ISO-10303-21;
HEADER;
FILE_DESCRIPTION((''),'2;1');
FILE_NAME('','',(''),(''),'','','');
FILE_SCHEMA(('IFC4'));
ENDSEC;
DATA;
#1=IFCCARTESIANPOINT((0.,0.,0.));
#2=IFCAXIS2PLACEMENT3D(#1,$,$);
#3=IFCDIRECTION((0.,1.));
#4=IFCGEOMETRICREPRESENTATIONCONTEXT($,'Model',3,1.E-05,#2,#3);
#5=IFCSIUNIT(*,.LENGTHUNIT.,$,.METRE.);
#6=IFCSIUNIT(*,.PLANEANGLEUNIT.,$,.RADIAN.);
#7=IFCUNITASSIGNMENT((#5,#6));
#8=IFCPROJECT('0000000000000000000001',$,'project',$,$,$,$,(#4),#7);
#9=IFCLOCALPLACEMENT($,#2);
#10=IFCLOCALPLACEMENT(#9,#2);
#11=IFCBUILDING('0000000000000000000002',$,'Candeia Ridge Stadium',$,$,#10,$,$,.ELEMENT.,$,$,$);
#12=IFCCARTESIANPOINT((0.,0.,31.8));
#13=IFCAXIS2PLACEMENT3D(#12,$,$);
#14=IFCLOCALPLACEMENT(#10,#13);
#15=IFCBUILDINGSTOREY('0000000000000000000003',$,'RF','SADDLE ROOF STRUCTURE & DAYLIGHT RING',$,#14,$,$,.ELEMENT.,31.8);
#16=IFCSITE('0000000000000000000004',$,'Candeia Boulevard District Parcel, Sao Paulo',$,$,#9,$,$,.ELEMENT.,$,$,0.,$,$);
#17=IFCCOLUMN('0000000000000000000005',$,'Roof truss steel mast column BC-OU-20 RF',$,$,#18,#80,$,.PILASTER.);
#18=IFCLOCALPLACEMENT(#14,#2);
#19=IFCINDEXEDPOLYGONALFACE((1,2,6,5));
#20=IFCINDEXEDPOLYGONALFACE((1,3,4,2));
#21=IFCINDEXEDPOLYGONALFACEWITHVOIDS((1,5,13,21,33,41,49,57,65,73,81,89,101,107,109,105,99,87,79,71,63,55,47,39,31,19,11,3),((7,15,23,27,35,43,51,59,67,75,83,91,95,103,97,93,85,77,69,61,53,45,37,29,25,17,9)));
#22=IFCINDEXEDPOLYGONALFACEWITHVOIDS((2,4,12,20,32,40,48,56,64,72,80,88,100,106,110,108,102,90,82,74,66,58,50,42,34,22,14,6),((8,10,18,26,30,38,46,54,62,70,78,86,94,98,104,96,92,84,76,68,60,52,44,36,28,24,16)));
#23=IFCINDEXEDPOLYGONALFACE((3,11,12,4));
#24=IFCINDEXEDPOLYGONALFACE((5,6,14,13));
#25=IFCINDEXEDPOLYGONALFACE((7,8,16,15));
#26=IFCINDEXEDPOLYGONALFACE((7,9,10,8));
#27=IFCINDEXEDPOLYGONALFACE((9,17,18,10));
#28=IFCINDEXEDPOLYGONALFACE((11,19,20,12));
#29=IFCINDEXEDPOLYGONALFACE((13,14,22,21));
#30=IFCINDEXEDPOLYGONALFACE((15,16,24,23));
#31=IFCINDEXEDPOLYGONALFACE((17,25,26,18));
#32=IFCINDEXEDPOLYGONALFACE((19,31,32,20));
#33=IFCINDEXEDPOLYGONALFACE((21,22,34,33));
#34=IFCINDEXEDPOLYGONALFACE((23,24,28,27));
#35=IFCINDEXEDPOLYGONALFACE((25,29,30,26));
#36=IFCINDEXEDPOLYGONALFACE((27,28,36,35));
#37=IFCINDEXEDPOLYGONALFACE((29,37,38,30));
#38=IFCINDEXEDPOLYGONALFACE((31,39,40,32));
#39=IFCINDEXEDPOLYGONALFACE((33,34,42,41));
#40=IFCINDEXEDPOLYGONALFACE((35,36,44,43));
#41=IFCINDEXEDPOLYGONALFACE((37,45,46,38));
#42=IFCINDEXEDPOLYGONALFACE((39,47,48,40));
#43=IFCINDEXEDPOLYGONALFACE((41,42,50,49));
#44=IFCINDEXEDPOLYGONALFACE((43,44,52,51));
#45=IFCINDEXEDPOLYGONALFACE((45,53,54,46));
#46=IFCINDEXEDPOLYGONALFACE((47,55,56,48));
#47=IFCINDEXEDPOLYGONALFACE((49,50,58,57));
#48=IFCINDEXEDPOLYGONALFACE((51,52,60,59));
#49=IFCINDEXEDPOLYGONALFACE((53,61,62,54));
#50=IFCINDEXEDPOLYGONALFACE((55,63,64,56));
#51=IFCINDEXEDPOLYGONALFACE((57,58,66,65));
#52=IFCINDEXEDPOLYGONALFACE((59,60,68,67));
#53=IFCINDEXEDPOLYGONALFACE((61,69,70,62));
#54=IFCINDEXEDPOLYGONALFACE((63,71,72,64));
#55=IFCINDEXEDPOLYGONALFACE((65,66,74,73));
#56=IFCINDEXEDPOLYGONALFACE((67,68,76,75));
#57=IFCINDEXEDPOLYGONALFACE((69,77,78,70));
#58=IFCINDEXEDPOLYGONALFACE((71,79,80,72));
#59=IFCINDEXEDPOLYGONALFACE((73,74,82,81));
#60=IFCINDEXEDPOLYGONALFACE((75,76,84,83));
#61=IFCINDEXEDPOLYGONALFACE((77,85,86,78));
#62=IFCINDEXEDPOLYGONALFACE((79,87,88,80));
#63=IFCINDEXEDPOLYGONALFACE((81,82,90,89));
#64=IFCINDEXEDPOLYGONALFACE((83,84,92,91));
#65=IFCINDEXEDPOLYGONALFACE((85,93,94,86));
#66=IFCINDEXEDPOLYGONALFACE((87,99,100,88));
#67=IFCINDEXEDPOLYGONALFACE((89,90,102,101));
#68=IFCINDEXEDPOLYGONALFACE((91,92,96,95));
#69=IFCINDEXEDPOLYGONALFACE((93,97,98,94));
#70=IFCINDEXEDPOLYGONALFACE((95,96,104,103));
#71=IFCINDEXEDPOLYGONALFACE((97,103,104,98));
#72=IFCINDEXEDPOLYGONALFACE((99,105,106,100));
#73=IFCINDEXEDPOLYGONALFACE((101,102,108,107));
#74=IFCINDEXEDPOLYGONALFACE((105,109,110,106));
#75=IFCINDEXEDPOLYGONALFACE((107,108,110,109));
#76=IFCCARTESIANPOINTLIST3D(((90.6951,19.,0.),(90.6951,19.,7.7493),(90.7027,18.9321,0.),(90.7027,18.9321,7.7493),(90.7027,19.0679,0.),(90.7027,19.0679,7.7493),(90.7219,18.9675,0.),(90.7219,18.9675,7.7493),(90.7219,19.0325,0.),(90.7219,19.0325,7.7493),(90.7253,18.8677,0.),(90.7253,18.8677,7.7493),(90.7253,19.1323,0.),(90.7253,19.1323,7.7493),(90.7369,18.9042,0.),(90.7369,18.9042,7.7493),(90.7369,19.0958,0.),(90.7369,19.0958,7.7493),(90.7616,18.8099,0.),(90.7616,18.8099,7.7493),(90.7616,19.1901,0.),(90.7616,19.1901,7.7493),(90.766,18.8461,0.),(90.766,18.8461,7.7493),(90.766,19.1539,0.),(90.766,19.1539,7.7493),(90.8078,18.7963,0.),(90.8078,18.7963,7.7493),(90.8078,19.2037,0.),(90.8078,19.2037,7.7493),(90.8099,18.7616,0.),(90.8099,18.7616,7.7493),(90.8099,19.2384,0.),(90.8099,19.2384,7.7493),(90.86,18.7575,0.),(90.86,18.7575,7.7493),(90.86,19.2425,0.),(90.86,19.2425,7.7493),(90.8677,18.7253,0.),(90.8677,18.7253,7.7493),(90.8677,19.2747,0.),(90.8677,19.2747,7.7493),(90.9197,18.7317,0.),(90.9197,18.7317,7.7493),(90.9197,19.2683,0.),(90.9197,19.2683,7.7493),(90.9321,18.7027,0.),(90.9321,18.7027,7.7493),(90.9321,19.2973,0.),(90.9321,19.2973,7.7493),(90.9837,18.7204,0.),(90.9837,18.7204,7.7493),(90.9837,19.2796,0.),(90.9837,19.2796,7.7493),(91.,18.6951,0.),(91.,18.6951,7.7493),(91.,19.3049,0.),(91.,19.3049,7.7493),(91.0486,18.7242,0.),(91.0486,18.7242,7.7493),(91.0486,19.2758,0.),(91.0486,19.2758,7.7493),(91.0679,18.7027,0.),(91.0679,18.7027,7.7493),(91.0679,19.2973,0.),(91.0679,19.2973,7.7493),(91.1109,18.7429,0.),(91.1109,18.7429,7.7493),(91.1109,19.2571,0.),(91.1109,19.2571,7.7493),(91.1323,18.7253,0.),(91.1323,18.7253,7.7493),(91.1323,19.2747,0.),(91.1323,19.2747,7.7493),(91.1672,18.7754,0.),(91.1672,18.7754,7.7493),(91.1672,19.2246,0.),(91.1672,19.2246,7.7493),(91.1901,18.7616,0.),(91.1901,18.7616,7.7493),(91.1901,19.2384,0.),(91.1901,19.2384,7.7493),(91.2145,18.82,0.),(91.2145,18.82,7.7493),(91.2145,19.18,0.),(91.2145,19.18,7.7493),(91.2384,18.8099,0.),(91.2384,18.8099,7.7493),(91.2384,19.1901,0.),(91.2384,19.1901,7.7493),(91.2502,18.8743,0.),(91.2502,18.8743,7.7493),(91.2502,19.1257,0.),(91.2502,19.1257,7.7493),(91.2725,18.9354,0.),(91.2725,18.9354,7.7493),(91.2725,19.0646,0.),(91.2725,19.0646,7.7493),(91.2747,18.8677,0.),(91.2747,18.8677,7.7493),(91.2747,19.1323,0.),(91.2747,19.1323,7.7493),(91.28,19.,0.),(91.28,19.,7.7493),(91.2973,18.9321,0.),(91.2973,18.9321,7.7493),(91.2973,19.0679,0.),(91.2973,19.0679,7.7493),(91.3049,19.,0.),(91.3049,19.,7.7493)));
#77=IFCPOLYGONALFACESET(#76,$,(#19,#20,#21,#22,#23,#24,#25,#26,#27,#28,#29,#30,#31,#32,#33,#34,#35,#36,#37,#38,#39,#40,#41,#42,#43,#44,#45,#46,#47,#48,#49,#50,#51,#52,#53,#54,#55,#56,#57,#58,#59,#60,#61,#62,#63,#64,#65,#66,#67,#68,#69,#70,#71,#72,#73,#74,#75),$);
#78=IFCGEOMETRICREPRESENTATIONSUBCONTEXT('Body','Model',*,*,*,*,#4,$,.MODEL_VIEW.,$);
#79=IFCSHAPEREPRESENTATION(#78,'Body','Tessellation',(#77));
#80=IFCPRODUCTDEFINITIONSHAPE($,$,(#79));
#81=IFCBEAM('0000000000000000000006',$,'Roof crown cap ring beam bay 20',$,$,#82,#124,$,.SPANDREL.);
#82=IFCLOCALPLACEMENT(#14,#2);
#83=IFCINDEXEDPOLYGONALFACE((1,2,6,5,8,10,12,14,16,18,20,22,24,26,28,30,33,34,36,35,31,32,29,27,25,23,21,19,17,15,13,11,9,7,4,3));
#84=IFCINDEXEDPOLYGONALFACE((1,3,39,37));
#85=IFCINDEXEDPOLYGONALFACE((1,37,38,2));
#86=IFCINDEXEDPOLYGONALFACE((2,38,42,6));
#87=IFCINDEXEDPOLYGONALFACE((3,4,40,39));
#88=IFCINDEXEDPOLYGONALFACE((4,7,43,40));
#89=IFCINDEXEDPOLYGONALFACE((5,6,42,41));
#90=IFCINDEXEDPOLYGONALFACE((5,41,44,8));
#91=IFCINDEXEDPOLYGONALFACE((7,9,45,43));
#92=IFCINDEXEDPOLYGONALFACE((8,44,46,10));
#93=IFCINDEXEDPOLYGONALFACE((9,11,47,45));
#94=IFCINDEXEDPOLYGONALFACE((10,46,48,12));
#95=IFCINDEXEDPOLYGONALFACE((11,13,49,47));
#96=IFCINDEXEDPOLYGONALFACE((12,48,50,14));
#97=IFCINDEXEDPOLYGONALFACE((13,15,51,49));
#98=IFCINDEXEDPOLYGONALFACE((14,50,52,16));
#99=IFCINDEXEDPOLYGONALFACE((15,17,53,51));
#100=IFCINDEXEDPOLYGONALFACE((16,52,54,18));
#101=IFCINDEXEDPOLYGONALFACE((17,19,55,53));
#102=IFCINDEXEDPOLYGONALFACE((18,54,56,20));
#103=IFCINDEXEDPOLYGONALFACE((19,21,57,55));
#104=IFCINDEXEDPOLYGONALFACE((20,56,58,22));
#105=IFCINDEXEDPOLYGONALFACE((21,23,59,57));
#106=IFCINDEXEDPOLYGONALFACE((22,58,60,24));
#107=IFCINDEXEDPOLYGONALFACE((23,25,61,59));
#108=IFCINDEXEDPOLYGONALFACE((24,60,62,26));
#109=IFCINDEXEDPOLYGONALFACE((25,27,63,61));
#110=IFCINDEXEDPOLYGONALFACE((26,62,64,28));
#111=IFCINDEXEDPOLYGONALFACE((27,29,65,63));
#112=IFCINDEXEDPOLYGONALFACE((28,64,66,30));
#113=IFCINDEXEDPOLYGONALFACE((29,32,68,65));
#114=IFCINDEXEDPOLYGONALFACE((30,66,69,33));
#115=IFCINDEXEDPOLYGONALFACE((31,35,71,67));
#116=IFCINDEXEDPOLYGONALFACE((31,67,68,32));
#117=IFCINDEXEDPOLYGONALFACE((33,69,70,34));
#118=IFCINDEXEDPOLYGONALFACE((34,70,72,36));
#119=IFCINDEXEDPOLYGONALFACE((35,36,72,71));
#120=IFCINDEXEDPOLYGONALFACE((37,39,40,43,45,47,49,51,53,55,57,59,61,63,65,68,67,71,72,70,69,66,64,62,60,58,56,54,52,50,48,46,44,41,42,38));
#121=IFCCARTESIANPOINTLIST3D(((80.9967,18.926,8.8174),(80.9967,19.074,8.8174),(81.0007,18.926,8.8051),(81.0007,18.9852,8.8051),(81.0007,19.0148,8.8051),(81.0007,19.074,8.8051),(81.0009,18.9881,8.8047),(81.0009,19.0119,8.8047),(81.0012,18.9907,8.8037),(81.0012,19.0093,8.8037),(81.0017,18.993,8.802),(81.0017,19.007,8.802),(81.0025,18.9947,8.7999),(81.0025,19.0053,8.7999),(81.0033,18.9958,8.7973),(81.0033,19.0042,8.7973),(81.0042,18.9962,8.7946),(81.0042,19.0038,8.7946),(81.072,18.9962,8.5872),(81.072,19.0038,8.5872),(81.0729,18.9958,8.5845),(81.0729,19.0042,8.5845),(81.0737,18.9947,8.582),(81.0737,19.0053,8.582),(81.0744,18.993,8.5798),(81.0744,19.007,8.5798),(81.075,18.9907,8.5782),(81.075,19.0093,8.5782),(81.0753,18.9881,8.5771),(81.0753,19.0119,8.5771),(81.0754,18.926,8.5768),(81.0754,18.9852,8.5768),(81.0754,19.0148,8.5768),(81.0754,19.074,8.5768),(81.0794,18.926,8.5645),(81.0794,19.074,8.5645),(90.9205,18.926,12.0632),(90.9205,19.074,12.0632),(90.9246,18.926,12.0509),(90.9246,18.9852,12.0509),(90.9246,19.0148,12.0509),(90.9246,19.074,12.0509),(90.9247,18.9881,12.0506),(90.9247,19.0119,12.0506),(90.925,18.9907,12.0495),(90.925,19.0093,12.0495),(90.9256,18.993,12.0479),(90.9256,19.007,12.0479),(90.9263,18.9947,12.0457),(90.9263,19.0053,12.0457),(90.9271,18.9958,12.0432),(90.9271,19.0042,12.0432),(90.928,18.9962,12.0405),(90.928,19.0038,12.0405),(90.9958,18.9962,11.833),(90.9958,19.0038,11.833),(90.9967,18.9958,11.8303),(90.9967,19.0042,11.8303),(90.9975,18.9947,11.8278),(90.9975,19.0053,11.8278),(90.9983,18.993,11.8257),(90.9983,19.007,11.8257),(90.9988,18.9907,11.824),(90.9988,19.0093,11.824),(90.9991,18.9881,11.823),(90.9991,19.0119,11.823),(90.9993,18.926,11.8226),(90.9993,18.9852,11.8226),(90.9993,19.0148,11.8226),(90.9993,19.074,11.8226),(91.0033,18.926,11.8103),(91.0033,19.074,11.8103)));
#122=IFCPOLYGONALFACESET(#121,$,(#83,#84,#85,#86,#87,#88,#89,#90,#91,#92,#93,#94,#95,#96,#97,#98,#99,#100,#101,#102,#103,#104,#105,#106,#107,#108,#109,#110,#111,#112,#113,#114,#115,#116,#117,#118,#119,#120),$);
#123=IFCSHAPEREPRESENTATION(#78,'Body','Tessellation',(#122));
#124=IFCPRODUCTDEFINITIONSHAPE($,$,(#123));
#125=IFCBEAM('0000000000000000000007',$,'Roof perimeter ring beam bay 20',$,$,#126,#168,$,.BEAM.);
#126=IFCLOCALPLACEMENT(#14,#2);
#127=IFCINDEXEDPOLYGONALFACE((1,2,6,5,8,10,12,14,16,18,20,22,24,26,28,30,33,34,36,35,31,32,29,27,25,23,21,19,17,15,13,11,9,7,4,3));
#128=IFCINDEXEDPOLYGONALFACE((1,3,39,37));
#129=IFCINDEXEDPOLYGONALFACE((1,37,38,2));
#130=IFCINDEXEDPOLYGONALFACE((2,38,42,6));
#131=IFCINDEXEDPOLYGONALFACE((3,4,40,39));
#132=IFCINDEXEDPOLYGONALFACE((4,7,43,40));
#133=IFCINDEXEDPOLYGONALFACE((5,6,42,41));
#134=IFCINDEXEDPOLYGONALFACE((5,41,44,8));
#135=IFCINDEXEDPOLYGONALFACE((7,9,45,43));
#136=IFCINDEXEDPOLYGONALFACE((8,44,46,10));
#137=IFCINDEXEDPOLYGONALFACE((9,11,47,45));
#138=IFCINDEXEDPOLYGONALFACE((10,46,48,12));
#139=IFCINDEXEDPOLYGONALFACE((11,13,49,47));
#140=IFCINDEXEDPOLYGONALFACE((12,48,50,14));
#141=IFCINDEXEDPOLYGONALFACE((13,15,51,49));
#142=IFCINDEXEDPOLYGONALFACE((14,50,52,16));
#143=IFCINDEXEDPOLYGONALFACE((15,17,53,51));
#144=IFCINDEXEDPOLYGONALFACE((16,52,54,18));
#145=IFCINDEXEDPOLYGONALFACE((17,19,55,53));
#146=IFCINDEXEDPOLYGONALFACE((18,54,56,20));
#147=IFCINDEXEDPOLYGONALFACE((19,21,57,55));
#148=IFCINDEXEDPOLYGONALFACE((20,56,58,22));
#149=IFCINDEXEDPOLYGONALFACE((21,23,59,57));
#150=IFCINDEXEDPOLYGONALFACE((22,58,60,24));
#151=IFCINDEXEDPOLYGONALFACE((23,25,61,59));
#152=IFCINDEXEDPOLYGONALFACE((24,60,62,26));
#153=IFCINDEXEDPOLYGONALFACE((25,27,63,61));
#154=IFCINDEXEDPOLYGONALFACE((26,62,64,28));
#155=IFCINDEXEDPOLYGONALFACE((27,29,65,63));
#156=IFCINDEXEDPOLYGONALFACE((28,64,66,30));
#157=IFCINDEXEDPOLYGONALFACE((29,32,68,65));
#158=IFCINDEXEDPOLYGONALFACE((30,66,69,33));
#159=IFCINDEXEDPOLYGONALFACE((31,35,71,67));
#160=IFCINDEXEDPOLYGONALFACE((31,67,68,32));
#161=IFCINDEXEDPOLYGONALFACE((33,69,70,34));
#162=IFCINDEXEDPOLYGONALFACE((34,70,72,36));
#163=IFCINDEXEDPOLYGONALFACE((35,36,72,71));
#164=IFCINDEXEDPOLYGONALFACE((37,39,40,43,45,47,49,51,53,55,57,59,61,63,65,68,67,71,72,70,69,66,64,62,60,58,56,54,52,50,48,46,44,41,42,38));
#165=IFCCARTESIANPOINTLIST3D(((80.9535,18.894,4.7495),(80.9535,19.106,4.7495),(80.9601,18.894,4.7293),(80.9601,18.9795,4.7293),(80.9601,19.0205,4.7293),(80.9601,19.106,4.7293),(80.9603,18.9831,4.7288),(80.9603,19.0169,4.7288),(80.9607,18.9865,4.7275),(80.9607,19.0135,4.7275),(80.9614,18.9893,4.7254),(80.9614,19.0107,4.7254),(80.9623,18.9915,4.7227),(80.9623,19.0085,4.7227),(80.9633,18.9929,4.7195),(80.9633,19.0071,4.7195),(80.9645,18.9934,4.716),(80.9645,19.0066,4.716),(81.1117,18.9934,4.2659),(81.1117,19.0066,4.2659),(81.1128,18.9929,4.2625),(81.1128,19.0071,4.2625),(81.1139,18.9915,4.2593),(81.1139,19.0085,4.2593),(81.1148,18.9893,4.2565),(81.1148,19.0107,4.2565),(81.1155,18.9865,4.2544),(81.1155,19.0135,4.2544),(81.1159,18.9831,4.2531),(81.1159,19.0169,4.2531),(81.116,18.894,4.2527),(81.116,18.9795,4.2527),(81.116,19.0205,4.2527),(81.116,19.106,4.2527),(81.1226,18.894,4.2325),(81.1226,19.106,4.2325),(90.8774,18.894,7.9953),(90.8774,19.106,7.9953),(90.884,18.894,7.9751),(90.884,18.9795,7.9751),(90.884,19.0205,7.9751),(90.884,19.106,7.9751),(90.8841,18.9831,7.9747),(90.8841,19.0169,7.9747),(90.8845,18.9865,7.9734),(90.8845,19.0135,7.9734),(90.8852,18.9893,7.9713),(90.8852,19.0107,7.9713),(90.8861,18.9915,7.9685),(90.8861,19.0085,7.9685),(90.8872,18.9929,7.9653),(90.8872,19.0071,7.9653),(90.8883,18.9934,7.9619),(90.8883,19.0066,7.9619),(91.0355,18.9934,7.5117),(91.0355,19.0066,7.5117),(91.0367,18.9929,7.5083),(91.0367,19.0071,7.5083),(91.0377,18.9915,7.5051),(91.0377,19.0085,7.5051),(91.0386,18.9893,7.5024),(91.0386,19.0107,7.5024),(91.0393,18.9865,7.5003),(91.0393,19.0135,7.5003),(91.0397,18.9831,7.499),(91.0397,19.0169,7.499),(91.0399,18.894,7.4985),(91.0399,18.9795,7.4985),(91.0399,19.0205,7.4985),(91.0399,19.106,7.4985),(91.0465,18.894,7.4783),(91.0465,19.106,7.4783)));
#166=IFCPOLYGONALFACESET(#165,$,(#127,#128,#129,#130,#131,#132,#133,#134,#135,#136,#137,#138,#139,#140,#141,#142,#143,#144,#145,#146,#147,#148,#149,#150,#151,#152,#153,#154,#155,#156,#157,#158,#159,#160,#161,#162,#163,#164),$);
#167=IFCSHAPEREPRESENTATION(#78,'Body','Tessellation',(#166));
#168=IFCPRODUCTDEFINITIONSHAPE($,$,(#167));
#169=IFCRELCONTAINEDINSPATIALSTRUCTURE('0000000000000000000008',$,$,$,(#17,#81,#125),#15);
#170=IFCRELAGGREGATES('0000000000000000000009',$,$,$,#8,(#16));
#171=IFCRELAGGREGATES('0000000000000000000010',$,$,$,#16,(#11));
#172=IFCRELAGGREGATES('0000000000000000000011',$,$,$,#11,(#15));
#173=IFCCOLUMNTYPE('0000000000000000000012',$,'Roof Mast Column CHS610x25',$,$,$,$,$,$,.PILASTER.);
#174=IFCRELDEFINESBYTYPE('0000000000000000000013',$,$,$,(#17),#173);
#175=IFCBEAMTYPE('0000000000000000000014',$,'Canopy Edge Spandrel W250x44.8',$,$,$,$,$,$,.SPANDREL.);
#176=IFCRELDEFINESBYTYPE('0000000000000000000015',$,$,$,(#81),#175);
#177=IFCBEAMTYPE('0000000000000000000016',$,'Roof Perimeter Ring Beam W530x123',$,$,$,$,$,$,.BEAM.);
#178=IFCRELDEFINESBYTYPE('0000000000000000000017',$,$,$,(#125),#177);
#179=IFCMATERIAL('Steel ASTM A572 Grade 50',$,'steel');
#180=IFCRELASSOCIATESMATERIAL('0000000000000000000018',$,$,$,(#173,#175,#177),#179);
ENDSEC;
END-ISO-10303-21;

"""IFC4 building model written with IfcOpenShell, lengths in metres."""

from ifc_helpers import new_model, si_unit, direction, frame, origin, origin_2d, place, context, subcontext, project, spatial, hollow_circle, i_section, extrude, material, material_profile, profile_set, type_object, element, save


model = new_model("IFC4")

# Units and contexts
model_context = context("Model", 3, precision=1e-05, world=origin(), true_north=direction((0.0, 1.0)))
body_context = subcontext(model_context, "Body", "Model", "MODEL_VIEW")
ifc_project = project(units=[si_unit("LENGTHUNIT", "METRE"), si_unit("PLANEANGLEUNIT", "RADIAN")], contexts=[model_context])

# Site, building, storey
site_placement = place(None, origin())
site = spatial("IfcSite", under=ifc_project, at=site_placement, Name="Candeia Boulevard District Parcel, Sao Paulo", CompositionType="ELEMENT", RefElevation=0.0)
building_placement = place(site_placement, origin())
building = spatial("IfcBuilding", under=site, at=building_placement, Name="Candeia Ridge Stadium", CompositionType="ELEMENT")
storey_placement = place(building_placement, frame((0.0, 0.0, 31.8)))
storey = spatial("IfcBuildingStorey", under=building, at=storey_placement, Name="RF", Description="SADDLE ROOF STRUCTURE & DAYLIGHT RING", CompositionType="ELEMENT", Elevation=31.8)

# Column
ifc_material_1 = material(Name="Steel ASTM A572 Grade 50", Category="steel")
ifc_material_profile_1 = material_profile(ifc_material_1, hollow_circle(Radius=0.3049, WallThickness=0.0249, at=origin_2d()), Name="CHS610x25", Category="steel")
ifc_profile_set_1 = profile_set([ifc_material_profile_1], Name="Steel ASTM A572 Grade 50")
column_type = type_object("IfcColumnType", Name="Roof Mast Column CHS610x25", PredefinedType="PILASTER", material=ifc_profile_set_1)
column_placement = place(storey_placement, frame((91.0, 19.0, 0.0), z_axis=(0.0, 0.0, 1.0), x_axis=(1.0, 0.0, 0.0)))
element("IfcColumn", 1, at=column_placement, inside=storey, type_object=column_type, Name="Roof truss steel mast column BC-OU-20 RF", PredefinedType="PILASTER", context=body_context, shape_type="SweptSolid", body=[
    extrude(hollow_circle(Radius=0.3049, WallThickness=0.0249, at=origin_2d()), origin(), (0.0, 0.0, 1.0), 7.7493),
])

# Beams
ifc_material_profile_2 = material_profile(ifc_material_1, i_section(OverallWidth=0.1479, OverallDepth=0.2661, WebThickness=0.0076, FlangeThickness=0.0129, FilletRadius=0.011, at=origin_2d()), Name="W250x44.8", Category="steel")
ifc_profile_set_2 = profile_set([ifc_material_profile_2], Name="Steel ASTM A572 Grade 50")
beam_type_1 = type_object("IfcBeamType", Name="Canopy Edge Spandrel W250x44.8", PredefinedType="SPANDREL", material=ifc_profile_set_2)
beam_1_placement = place(storey_placement, frame((81.0381, 19.0, 8.6909), z_axis=(0.950452, 0.0, 0.31087), x_axis=(0.0, 1.0, 0.0)))
element("IfcBeam", 2, at=beam_1_placement, inside=storey, type_object=beam_type_1, Name="Roof crown cap ring beam bay 20", PredefinedType="SPANDREL", context=body_context, shape_type="SweptSolid", body=[
    extrude(i_section(OverallWidth=0.1479, OverallDepth=0.2661, WebThickness=0.0076, FlangeThickness=0.0129, FilletRadius=0.011, at=origin_2d()), origin(), (0.0, 0.0, 1.0), 10.4412),
])
ifc_material_profile_3 = material_profile(ifc_material_1, i_section(OverallWidth=0.2119, OverallDepth=0.5439, WebThickness=0.0132, FlangeThickness=0.0212, FilletRadius=0.0139, at=origin_2d()), Name="W530x123", Category="steel")
ifc_profile_set_3 = profile_set([ifc_material_profile_3], Name="Steel ASTM A572 Grade 50")
beam_type_2 = type_object("IfcBeamType", Name="Roof Perimeter Ring Beam W530x123", PredefinedType="BEAM", material=ifc_profile_set_3)
beam_2_placement = place(storey_placement, frame((81.0381, 19.0, 4.491), z_axis=(0.950452, 0.0, 0.31087), x_axis=(0.0, 1.0, 0.0)))
element("IfcBeam", 3, at=beam_2_placement, inside=storey, type_object=beam_type_2, Name="Roof perimeter ring beam bay 20", PredefinedType="BEAM", context=body_context, shape_type="SweptSolid", body=[
    extrude(i_section(OverallWidth=0.2119, OverallDepth=0.5439, WebThickness=0.0132, FlangeThickness=0.0212, FilletRadius=0.0139, at=origin_2d()), origin(), (0.0, 0.0, 1.0), 10.4412),
])

save(model, "model.ifc")
